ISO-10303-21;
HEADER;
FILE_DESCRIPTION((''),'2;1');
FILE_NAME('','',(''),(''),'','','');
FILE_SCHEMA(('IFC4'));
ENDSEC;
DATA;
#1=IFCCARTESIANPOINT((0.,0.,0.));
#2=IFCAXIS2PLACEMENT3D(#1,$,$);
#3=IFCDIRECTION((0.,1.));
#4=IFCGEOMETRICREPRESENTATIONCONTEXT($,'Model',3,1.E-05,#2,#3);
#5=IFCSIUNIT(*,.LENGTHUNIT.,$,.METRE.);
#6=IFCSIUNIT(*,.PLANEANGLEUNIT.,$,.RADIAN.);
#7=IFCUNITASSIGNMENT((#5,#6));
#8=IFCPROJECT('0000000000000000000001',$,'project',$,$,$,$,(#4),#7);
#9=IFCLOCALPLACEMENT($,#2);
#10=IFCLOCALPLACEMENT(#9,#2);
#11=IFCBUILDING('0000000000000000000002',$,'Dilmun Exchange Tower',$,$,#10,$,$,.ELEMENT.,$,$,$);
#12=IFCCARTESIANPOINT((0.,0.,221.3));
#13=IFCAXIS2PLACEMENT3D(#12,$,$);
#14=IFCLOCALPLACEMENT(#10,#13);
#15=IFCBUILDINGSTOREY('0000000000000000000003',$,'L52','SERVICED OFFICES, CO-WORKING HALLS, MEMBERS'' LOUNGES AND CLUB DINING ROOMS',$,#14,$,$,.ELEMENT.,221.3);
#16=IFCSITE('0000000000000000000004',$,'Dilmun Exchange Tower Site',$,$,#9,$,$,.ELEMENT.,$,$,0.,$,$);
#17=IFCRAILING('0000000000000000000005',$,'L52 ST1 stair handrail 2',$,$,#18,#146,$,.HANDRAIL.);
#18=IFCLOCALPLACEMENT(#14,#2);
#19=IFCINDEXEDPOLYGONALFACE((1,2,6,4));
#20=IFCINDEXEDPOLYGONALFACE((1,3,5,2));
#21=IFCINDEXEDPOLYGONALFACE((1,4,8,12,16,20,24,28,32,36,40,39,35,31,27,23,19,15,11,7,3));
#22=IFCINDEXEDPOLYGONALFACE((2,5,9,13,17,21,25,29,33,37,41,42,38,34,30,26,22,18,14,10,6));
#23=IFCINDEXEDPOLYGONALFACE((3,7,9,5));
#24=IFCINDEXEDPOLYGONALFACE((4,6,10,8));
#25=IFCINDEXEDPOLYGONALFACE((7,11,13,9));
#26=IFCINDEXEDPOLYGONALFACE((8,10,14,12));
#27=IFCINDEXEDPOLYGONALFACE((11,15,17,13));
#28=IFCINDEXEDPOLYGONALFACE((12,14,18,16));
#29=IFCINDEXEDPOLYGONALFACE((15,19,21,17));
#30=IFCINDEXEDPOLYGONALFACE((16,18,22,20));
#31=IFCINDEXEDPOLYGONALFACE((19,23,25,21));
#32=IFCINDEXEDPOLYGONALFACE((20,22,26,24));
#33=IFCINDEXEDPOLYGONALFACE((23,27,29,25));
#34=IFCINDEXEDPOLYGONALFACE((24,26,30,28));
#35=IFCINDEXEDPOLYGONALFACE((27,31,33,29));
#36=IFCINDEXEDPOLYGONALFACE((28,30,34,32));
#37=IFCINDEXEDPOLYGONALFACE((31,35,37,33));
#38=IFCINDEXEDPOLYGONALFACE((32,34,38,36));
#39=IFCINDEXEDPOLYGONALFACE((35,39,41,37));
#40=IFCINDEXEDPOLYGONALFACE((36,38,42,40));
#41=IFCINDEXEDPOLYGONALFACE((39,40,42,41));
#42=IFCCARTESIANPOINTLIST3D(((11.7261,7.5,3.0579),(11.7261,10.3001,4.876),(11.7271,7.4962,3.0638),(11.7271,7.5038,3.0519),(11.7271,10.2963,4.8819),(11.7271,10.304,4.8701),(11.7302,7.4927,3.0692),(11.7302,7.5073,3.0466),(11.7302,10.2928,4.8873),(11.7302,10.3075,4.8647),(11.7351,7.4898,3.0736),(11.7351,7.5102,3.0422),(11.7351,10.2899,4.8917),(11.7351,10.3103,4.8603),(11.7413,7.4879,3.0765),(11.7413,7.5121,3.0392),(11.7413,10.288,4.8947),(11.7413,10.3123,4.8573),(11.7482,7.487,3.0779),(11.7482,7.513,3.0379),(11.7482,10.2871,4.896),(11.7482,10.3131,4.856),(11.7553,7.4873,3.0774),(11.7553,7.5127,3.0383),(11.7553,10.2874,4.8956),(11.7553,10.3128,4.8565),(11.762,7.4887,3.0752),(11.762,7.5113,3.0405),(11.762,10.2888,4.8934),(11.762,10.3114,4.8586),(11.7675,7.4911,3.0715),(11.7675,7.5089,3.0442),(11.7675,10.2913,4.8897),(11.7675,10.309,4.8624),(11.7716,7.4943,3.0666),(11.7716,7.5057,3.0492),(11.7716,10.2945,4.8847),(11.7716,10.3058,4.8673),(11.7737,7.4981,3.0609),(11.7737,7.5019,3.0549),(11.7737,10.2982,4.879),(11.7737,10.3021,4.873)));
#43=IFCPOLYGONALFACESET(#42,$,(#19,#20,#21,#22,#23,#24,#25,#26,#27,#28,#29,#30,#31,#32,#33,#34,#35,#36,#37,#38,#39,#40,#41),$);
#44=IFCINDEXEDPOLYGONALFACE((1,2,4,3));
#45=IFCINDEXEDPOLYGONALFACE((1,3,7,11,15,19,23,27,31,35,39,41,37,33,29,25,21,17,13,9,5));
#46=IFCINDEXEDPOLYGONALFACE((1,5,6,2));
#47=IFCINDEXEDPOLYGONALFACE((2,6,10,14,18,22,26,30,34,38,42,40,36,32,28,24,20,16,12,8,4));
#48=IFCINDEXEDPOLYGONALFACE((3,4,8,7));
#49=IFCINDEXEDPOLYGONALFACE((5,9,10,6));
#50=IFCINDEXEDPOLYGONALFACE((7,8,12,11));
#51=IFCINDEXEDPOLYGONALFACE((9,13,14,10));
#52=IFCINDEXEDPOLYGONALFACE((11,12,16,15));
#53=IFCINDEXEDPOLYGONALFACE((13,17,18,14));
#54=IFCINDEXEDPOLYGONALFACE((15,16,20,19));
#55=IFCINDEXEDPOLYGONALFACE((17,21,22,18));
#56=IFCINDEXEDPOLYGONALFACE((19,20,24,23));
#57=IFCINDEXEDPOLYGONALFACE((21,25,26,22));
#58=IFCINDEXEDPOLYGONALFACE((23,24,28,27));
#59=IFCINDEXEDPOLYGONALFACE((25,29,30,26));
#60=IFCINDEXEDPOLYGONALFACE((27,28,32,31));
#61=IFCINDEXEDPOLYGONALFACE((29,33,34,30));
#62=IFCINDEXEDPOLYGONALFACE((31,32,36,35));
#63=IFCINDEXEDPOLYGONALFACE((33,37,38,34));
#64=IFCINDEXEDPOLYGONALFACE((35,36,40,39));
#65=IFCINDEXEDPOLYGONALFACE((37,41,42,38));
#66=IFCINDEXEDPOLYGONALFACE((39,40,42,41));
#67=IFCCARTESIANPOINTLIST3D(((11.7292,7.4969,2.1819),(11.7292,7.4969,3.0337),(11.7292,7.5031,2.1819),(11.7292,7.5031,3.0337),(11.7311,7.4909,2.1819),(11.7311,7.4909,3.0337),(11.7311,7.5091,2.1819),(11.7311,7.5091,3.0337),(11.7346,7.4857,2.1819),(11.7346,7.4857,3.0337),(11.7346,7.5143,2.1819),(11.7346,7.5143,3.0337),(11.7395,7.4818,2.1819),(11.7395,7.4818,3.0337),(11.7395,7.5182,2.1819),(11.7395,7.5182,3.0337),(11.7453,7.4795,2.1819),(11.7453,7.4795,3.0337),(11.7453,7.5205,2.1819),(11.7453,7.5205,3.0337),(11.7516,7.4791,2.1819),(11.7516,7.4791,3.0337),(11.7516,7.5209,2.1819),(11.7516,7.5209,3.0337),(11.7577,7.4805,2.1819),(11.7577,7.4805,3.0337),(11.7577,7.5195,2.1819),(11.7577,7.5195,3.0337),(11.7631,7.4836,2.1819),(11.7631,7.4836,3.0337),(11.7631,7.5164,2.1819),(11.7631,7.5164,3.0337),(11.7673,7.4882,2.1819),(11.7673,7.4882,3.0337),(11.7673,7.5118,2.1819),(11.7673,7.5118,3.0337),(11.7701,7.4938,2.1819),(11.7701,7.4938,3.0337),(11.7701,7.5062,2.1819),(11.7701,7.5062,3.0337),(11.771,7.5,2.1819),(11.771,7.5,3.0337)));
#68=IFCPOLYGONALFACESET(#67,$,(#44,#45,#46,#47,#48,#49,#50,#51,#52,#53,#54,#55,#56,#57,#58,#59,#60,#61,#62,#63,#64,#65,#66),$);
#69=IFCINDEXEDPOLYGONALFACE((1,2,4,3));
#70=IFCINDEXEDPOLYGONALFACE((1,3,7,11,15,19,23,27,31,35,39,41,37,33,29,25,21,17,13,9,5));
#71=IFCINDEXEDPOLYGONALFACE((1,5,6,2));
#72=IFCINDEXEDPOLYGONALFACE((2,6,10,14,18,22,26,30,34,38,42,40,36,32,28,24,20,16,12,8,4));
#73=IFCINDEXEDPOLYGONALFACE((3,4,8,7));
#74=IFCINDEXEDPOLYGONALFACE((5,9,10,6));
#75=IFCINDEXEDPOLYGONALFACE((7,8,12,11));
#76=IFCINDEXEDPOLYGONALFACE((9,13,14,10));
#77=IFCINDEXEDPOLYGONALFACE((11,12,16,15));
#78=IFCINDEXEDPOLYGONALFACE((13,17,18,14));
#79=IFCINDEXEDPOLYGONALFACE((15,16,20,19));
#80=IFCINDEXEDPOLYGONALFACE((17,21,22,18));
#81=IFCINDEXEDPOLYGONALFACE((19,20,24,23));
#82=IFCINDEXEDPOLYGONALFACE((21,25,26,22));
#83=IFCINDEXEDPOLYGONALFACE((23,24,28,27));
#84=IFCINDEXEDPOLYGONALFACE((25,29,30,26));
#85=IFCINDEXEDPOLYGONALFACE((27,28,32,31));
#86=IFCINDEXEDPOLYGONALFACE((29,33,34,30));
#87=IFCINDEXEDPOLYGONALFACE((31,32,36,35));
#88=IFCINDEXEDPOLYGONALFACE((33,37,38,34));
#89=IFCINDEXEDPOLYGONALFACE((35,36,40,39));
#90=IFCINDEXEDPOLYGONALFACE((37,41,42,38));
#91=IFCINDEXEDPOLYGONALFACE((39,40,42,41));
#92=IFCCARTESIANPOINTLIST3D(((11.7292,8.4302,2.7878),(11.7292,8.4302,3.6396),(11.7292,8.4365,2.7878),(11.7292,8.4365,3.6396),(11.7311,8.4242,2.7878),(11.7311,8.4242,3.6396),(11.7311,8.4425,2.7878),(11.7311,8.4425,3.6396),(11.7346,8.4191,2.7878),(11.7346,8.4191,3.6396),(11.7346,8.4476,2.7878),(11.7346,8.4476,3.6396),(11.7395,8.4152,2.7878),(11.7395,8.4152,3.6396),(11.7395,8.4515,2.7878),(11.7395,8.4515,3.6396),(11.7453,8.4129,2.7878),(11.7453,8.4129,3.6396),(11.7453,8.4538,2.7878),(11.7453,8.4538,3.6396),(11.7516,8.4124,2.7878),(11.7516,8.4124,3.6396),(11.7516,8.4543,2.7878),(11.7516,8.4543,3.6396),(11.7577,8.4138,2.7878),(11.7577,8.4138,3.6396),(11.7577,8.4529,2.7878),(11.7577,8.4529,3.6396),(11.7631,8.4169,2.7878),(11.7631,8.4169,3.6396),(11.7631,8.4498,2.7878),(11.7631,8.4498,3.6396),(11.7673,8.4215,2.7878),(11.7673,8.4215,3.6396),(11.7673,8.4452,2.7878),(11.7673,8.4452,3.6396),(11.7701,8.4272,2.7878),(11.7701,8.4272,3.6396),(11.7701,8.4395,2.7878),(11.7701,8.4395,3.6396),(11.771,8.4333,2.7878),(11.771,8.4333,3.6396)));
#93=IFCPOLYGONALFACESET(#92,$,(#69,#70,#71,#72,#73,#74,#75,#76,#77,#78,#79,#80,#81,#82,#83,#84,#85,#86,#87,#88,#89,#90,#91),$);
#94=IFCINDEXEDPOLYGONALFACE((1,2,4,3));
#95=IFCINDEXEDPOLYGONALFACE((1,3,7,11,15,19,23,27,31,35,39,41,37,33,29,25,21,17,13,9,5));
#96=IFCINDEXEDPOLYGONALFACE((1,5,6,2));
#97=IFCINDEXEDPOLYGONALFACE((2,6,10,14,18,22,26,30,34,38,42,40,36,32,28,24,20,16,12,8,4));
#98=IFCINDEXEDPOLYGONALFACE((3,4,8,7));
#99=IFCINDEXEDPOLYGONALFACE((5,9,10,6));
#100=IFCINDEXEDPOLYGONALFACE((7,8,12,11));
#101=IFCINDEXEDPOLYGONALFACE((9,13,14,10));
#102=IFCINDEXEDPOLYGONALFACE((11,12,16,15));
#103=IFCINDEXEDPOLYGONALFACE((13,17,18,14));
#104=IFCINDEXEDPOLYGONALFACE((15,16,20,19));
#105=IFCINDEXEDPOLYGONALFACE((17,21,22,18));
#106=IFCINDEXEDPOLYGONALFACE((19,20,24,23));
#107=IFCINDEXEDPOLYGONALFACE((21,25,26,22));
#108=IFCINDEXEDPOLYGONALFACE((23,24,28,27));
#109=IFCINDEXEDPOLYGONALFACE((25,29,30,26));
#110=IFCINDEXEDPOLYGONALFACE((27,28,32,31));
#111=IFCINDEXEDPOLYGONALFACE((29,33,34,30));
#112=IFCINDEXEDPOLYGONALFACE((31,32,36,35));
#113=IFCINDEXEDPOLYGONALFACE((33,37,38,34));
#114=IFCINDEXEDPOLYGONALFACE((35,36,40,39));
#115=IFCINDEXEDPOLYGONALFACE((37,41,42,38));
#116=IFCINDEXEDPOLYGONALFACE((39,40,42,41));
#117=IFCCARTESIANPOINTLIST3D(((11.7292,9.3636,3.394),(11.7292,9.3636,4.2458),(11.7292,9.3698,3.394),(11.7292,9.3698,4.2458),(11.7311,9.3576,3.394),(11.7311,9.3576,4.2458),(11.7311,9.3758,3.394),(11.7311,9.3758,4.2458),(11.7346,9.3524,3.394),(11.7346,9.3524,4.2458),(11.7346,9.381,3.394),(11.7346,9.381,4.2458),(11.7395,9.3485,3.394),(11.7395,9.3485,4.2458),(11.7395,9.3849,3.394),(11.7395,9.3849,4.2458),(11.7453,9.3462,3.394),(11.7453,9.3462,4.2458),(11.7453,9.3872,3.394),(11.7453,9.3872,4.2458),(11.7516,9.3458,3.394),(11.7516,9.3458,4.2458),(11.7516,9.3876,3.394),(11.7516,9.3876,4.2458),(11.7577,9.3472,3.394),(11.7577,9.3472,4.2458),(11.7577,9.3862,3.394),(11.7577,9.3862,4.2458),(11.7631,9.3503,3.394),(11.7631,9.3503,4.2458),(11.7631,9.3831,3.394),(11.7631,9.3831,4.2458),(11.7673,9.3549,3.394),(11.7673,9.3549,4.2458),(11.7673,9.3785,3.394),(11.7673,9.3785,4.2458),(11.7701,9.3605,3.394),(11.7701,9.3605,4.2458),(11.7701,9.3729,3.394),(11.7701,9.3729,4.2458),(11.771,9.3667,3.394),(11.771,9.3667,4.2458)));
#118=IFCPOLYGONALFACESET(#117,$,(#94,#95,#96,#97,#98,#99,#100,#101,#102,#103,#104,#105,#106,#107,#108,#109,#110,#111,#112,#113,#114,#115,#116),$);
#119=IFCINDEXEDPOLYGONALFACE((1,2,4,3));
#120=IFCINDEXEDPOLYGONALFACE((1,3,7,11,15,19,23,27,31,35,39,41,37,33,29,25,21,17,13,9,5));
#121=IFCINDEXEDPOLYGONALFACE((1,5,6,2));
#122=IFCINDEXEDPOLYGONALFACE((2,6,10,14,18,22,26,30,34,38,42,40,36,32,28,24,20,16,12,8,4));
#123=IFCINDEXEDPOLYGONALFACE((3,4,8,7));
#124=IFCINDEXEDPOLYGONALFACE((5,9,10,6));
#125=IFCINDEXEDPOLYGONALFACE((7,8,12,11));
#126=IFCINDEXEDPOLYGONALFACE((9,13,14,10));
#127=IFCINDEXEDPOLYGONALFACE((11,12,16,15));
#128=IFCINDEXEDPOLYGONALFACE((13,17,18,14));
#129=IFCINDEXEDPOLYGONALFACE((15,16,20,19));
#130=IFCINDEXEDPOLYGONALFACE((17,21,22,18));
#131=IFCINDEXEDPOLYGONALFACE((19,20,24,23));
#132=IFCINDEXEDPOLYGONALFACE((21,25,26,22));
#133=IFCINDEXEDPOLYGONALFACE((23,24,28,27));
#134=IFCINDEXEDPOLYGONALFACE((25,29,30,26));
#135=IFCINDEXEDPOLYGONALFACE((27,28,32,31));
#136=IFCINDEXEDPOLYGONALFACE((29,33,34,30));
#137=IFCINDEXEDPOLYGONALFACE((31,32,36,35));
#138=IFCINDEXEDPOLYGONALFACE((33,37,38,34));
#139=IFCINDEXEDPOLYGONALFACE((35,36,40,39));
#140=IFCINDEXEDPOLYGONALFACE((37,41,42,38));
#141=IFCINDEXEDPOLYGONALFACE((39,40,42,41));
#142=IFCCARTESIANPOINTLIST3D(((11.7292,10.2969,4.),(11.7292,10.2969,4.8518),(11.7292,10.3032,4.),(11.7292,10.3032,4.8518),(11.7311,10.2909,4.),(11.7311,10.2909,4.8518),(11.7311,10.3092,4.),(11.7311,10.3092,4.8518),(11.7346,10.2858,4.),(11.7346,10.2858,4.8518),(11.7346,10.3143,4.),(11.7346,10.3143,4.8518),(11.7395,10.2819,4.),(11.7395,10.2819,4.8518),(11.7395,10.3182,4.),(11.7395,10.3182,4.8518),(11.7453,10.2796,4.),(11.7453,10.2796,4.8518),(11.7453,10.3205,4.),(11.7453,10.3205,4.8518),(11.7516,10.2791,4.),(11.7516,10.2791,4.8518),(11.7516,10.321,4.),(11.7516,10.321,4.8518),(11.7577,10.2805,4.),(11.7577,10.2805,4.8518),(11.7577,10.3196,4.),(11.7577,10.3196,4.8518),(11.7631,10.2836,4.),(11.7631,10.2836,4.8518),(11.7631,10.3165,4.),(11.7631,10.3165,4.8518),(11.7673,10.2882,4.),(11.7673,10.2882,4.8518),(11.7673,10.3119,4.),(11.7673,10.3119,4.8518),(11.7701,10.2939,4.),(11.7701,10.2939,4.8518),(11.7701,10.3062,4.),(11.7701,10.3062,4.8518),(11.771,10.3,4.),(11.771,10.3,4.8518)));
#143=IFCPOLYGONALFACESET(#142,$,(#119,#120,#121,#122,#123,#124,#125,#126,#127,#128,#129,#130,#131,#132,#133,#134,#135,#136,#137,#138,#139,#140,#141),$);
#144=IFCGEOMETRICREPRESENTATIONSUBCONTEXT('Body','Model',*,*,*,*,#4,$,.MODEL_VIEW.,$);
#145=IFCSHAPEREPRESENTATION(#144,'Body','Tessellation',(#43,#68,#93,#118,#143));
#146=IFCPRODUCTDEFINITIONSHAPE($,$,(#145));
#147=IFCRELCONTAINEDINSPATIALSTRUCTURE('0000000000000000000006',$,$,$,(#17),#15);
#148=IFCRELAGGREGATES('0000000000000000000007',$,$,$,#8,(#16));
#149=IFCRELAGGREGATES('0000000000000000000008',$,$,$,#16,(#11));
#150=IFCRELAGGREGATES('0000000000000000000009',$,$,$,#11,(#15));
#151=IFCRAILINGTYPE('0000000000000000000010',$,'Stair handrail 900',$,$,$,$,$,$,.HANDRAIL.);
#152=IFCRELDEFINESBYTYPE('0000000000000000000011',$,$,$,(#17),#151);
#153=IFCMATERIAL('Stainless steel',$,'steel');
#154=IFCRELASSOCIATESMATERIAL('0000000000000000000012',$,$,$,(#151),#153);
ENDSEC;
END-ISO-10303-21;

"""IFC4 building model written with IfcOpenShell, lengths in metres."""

from ifc_helpers import new_model, si_unit, direction, frame, origin, origin_2d, place, context, subcontext, project, spatial, circle, extrude, material, type_object, element, save


model = new_model("IFC4")

# Units and contexts
model_context = context("Model", 3, precision=1e-05, world=origin(), true_north=direction((0.0, 1.0)))
body_context = subcontext(model_context, "Body", "Model", "MODEL_VIEW")
ifc_project = project(units=[si_unit("LENGTHUNIT", "METRE"), si_unit("PLANEANGLEUNIT", "RADIAN")], contexts=[model_context])

# Site, building, storey
site_placement = place(None, origin())
site = spatial("IfcSite", under=ifc_project, at=site_placement, Name="Dilmun Exchange Tower Site", CompositionType="ELEMENT", RefElevation=0.0)
building_placement = place(site_placement, origin())
building = spatial("IfcBuilding", under=site, at=building_placement, Name="Dilmun Exchange Tower", CompositionType="ELEMENT")
storey_placement = place(building_placement, frame((0.0, 0.0, 221.3)))
storey = spatial("IfcBuildingStorey", under=building, at=storey_placement, Name="L52", Description="SERVICED OFFICES, CO-WORKING HALLS, MEMBERS' LOUNGES AND CLUB DINING ROOMS", CompositionType="ELEMENT", Elevation=221.3)

# Railing
ifc_material_1 = material(Name="Stainless steel", Category="steel")
railing_type = type_object("IfcRailingType", Name="Stair handrail 900", PredefinedType="HANDRAIL", material=ifc_material_1)
railing_1_placement = place(storey_placement, frame((11.75, 7.5, 2.1819)))
element("IfcRailing", 1, at=railing_1_placement, inside=storey, type_object=railing_type, Name="L52 ST1 stair handrail 2", PredefinedType="HANDRAIL", context=body_context, shape_type="SweptSolid", body=[
    extrude(circle(Radius=0.0239, at=origin_2d()), frame((0.0, 0.0, 0.876), z_axis=(0.0, 0.838706, 0.544585), x_axis=(-1.0, 0.0, 0.0)), (0.0, 0.0, 1.0), 3.3386),
    extrude(circle(Radius=0.021, at=origin_2d()), origin(), (0.0, 0.0, 1.0), 0.8518),
    extrude(circle(Radius=0.021, at=origin_2d()), frame((0.0, 0.9333, 0.606)), (0.0, 0.0, 1.0), 0.8518),
    extrude(circle(Radius=0.021, at=origin_2d()), frame((0.0, 1.8667, 1.2122)), (0.0, 0.0, 1.0), 0.8518),
    extrude(circle(Radius=0.021, at=origin_2d()), frame((0.0, 2.8, 1.8181)), (0.0, 0.0, 1.0), 0.8518),
])

save(model, "model.ifc")
